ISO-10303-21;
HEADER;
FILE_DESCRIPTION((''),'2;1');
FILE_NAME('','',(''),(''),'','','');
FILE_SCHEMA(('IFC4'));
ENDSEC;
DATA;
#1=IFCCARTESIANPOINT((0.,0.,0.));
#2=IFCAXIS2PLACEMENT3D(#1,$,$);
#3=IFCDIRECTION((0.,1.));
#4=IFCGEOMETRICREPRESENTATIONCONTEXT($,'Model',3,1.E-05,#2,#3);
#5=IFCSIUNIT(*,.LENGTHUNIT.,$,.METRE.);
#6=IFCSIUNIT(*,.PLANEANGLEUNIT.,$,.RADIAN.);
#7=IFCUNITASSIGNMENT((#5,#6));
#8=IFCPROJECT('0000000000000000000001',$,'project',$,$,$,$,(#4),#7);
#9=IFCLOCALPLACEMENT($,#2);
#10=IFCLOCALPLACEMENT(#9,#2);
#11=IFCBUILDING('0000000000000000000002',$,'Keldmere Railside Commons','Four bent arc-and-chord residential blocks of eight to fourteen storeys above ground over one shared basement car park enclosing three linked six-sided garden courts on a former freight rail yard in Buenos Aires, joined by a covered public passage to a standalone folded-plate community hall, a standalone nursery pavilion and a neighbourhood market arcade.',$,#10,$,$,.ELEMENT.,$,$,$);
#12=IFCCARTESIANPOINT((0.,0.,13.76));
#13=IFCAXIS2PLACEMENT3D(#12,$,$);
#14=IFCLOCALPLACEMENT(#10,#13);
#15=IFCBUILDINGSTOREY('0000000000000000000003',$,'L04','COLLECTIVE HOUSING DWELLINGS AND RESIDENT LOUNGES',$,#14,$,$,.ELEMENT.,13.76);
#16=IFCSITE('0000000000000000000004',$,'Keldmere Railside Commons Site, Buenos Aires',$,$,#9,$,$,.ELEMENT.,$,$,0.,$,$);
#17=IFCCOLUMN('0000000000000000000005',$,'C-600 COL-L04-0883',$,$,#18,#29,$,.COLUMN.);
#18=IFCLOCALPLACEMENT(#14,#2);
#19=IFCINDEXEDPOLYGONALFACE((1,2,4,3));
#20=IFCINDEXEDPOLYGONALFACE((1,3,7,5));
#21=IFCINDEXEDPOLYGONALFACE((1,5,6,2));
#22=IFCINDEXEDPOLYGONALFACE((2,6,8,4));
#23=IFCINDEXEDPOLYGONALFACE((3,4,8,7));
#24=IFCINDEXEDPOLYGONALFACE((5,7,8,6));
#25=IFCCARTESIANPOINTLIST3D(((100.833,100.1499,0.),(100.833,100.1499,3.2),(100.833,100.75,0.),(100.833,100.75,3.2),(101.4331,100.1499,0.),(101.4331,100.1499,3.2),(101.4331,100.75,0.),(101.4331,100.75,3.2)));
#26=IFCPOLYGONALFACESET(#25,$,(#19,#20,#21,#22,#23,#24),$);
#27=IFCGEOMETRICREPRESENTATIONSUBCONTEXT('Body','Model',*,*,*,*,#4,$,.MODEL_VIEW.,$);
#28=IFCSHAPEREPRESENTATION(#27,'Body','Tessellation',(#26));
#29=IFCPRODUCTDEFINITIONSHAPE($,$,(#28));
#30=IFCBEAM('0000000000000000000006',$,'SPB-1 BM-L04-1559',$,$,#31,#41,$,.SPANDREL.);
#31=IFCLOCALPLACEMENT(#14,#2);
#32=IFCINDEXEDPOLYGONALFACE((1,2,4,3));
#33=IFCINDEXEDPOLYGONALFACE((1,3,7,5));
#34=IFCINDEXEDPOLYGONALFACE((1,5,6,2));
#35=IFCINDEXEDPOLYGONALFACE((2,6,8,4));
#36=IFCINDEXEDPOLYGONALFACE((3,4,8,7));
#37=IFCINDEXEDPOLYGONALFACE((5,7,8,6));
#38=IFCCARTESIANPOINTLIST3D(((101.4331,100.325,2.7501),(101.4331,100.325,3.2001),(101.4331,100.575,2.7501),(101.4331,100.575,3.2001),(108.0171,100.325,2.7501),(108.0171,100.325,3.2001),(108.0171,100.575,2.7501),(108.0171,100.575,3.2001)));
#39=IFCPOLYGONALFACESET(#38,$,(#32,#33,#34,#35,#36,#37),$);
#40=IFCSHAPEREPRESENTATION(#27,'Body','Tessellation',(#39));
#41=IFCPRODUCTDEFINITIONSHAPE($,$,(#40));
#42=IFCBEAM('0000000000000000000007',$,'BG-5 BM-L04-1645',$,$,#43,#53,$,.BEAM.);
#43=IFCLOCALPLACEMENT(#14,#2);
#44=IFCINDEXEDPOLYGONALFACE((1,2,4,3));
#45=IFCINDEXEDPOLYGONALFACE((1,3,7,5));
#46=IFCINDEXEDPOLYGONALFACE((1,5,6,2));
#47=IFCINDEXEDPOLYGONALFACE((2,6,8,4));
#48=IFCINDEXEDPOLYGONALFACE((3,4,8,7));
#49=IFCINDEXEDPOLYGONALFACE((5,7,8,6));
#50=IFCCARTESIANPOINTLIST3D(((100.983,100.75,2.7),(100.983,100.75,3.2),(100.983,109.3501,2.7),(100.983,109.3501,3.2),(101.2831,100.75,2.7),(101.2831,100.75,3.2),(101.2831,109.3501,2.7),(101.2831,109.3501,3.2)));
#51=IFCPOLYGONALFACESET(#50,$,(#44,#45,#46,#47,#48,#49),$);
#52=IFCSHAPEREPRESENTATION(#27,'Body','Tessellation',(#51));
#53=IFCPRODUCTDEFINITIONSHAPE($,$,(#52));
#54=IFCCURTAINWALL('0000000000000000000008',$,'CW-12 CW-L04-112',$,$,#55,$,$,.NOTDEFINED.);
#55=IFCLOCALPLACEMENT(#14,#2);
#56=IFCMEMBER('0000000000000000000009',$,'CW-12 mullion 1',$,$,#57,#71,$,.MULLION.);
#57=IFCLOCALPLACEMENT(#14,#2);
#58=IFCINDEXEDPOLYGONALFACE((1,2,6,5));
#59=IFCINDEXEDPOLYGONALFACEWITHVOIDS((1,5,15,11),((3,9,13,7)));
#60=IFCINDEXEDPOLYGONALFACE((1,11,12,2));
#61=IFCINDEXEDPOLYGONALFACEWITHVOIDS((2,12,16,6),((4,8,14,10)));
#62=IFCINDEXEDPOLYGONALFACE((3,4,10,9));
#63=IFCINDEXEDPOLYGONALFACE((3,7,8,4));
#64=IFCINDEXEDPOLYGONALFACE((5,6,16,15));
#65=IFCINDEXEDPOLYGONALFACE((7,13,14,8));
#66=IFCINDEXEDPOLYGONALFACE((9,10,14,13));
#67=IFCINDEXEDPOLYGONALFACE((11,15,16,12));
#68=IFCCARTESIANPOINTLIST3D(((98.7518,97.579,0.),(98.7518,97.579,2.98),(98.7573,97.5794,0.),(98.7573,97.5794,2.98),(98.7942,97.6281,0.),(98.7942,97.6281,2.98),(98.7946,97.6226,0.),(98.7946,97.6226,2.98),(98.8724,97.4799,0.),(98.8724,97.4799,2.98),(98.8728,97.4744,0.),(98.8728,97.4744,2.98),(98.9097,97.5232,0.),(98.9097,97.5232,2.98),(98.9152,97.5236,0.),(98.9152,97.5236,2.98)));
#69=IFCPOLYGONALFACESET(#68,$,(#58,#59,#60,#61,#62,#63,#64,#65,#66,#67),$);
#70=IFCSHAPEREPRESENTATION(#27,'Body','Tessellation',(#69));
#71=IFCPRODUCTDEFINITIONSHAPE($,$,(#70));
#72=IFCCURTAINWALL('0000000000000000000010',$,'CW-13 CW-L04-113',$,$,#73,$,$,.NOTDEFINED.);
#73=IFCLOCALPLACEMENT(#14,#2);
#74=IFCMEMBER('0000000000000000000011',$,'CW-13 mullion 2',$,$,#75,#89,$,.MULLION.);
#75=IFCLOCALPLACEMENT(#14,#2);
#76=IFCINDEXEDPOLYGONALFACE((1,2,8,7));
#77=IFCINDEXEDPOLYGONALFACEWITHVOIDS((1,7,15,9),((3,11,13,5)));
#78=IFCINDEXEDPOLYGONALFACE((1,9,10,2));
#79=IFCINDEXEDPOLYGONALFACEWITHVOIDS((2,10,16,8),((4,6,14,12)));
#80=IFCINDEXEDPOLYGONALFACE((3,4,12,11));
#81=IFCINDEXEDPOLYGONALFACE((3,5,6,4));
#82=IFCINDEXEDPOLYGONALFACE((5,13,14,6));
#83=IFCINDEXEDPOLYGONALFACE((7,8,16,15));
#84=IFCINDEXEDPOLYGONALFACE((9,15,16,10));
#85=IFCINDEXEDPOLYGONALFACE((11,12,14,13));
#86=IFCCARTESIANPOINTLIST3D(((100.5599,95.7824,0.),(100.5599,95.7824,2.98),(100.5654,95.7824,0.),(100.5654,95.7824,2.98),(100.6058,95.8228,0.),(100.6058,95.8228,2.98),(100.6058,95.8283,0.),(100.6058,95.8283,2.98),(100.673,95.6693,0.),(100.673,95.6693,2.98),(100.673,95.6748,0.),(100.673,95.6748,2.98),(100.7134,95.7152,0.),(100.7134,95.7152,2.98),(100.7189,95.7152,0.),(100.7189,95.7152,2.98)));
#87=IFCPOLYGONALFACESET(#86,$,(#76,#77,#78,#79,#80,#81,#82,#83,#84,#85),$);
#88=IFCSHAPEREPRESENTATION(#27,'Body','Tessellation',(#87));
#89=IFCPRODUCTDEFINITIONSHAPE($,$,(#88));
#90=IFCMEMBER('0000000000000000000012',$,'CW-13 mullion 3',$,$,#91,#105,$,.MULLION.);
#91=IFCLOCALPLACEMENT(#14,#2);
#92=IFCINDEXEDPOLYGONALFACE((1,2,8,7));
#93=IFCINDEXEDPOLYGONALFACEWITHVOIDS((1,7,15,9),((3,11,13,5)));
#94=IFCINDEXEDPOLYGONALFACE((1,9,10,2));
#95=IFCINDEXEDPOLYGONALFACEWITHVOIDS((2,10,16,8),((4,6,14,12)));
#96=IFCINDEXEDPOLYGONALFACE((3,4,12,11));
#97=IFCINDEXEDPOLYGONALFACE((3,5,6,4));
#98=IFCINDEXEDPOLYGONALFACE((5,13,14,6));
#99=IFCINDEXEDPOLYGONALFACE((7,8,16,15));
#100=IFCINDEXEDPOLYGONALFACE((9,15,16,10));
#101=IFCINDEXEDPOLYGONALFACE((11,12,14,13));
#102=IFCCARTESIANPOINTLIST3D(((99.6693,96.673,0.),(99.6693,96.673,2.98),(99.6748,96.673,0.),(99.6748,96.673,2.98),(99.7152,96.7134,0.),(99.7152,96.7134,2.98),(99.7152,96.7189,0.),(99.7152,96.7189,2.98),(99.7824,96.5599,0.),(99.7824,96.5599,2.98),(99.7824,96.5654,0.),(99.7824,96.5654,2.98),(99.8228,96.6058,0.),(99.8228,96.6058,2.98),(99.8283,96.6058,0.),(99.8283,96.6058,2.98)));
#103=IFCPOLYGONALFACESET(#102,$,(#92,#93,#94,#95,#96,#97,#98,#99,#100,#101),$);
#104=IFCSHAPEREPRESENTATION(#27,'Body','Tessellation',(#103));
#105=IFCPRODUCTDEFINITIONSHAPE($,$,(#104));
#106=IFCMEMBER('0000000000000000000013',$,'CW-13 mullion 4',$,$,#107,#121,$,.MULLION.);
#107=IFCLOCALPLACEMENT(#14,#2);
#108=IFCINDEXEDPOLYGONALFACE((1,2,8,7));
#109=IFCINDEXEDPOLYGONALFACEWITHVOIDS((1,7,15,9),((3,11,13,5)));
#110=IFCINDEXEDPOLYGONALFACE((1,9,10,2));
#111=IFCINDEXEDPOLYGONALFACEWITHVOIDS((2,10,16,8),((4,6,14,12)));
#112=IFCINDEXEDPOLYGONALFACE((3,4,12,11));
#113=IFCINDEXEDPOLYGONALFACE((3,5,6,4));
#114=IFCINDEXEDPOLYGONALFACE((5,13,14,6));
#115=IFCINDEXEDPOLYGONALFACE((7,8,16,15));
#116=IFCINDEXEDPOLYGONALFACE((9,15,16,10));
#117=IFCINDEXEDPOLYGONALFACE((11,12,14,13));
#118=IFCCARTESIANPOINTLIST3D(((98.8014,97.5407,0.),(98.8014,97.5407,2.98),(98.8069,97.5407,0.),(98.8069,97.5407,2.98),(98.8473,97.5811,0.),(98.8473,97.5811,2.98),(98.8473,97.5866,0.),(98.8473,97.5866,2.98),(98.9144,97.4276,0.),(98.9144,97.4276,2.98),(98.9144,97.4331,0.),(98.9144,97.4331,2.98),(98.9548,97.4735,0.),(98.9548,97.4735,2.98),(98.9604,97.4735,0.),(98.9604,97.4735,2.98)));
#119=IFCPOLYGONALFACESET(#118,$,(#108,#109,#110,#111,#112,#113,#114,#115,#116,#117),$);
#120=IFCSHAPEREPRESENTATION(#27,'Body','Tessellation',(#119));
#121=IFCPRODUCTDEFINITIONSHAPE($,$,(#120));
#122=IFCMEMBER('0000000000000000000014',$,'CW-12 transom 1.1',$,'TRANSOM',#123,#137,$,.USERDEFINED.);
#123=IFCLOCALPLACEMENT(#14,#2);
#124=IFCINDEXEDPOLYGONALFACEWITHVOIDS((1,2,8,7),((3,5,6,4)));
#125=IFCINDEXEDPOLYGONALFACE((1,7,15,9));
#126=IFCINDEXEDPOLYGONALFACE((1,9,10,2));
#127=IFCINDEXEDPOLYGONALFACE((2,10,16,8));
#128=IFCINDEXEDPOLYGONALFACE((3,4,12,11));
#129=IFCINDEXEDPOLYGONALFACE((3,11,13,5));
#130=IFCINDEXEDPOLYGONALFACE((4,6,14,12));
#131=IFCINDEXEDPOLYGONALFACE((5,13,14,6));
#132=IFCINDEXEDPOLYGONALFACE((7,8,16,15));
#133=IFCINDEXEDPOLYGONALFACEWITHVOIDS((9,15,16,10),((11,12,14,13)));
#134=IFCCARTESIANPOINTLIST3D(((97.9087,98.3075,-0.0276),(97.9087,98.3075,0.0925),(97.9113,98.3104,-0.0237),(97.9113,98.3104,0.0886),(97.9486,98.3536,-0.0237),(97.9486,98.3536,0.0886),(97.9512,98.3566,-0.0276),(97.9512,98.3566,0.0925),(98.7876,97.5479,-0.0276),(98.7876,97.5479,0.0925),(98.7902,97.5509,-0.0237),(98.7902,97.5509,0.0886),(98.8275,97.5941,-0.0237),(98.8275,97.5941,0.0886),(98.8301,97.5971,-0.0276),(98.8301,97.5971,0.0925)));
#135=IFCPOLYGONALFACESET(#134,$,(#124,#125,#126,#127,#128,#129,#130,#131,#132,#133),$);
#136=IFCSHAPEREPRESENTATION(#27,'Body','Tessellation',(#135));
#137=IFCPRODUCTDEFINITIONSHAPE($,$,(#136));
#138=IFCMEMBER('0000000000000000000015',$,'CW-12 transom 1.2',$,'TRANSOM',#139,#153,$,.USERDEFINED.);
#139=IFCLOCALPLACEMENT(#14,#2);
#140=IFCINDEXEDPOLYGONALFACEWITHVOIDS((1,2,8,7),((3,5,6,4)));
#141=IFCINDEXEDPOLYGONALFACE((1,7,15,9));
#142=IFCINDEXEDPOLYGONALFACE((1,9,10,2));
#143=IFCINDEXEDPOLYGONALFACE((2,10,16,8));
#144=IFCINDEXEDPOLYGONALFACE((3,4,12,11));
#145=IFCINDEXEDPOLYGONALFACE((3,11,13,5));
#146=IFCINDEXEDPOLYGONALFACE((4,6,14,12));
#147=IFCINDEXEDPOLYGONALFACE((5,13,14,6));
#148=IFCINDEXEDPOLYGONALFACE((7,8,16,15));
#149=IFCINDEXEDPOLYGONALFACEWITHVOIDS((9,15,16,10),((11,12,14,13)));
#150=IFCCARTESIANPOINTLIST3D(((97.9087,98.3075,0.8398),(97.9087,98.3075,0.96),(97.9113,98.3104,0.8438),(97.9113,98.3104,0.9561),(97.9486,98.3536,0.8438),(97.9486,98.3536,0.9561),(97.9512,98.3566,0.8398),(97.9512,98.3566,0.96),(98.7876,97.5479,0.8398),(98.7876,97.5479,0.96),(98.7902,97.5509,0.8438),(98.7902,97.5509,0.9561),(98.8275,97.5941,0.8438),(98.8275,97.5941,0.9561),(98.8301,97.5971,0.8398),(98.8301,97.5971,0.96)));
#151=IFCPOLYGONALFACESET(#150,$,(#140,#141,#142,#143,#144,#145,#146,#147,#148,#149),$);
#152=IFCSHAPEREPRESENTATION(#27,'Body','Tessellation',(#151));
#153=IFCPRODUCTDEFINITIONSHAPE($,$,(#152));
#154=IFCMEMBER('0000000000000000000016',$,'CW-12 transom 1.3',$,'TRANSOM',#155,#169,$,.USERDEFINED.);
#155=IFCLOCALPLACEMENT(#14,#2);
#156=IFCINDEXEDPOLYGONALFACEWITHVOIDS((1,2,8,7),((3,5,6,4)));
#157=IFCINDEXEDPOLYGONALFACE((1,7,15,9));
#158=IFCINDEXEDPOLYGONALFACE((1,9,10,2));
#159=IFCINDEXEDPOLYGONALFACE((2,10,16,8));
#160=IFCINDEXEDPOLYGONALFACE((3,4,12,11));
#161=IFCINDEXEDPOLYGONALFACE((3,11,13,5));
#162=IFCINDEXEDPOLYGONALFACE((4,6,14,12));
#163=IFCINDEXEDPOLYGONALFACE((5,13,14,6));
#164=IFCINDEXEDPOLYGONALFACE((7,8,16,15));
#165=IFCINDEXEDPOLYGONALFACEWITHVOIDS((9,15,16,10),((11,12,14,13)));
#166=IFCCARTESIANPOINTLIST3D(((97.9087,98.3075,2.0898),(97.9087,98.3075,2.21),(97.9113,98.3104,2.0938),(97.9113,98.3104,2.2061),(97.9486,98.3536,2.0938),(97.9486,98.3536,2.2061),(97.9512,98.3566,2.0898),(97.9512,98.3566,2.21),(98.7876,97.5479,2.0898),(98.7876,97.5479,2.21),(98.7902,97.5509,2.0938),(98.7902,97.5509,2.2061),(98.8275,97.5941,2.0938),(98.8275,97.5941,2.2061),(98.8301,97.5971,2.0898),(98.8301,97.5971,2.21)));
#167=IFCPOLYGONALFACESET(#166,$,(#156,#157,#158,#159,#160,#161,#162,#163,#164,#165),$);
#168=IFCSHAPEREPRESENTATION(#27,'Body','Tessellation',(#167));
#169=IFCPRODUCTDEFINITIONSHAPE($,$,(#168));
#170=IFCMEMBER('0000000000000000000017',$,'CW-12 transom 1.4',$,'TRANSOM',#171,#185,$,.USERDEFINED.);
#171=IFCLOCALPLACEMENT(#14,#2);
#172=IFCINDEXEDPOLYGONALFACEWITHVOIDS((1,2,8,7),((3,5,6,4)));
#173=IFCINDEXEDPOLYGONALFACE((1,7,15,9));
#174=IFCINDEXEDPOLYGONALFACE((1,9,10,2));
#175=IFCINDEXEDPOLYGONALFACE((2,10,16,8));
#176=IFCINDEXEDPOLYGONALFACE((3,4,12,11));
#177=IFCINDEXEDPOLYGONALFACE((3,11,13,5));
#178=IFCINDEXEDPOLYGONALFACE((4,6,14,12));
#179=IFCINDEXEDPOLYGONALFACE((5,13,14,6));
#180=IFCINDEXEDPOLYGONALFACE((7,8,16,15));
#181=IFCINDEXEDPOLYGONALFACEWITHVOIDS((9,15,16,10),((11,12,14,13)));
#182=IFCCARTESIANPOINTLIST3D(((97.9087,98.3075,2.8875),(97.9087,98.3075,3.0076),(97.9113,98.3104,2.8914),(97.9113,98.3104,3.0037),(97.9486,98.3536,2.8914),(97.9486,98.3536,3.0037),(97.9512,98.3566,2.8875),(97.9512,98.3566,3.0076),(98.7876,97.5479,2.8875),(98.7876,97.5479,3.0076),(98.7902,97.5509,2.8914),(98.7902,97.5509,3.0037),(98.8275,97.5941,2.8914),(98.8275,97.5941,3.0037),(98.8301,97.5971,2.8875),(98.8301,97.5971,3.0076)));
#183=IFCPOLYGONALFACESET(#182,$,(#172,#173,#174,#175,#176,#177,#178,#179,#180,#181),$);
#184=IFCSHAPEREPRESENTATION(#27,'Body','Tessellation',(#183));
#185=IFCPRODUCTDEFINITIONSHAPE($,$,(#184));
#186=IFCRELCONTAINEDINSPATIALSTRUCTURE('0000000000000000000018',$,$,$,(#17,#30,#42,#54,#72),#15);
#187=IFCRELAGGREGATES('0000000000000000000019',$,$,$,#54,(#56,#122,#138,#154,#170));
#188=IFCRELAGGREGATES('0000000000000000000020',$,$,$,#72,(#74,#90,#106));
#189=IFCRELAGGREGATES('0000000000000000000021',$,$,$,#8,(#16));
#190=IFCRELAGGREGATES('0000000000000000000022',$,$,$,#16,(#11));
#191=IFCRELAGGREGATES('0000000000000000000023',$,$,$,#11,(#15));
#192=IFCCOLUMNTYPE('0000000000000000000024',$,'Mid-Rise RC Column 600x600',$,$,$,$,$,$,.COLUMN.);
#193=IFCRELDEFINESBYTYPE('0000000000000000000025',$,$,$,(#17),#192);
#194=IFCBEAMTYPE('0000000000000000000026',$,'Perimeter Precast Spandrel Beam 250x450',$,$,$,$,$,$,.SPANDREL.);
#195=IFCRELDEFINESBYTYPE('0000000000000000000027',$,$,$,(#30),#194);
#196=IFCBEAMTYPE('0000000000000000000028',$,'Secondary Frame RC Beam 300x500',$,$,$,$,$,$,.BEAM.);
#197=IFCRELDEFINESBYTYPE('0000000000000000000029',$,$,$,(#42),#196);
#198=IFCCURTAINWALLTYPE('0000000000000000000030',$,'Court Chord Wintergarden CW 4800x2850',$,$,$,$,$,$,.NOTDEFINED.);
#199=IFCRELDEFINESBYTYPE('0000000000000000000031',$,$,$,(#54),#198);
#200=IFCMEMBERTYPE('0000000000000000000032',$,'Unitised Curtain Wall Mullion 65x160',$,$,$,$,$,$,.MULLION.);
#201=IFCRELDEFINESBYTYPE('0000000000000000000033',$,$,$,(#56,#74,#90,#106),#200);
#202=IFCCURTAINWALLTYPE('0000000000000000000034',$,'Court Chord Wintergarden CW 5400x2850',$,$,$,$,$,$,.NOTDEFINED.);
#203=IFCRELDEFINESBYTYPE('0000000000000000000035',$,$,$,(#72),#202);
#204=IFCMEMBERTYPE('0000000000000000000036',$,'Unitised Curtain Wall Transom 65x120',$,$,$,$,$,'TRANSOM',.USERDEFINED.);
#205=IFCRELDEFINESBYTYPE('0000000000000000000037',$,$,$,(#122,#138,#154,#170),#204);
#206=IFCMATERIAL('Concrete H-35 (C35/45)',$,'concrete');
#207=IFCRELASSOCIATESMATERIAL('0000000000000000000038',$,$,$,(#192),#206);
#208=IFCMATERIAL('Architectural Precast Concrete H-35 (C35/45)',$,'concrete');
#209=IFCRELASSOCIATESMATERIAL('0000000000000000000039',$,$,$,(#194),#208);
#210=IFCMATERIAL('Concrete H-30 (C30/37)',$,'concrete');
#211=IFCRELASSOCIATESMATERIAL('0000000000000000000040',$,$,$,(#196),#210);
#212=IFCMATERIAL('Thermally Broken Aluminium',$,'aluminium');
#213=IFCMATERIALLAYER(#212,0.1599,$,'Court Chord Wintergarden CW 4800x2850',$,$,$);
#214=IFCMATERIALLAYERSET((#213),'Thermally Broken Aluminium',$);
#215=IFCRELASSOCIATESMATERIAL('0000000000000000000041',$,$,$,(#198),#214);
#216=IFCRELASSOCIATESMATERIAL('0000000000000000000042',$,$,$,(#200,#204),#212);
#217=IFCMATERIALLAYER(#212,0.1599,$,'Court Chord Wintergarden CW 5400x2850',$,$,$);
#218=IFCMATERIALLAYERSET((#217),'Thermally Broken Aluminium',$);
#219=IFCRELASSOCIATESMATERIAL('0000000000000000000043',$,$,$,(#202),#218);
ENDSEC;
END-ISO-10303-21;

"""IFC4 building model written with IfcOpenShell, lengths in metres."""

from ifc_helpers import new_model, si_unit, direction, frame, origin, origin_2d, place, context, subcontext, project, spatial, rectangle, hollow_rectangle, extrude, material, layer, layer_set, material_profile, profile_set, type_object, element, aggregate, save


model = new_model("IFC4")

# Units and contexts
model_context = context("Model", 3, precision=1e-05, world=origin(), true_north=direction((0.0, 1.0)))
body_context = subcontext(model_context, "Body", "Model", "MODEL_VIEW")
ifc_project = project(units=[si_unit("LENGTHUNIT", "METRE"), si_unit("PLANEANGLEUNIT", "RADIAN")], contexts=[model_context])

# Site, building, storey
site_placement = place(None, origin())
site = spatial("IfcSite", under=ifc_project, at=site_placement, Name="Keldmere Railside Commons Site, Buenos Aires", CompositionType="ELEMENT", RefElevation=0.0)
building_placement = place(site_placement, origin())
building = spatial("IfcBuilding", under=site, at=building_placement, Name="Keldmere Railside Commons", Description="Four bent arc-and-chord residential blocks of eight to fourteen storeys above ground over one shared basement car park enclosing three linked six-sided garden courts on a former freight rail yard in Buenos Aires, joined by a covered public passage to a standalone folded-plate community hall, a standalone nursery pavilion and a neighbourhood market arcade.", CompositionType="ELEMENT")
storey_placement = place(building_placement, frame((0.0, 0.0, 13.76)))
storey = spatial("IfcBuildingStorey", under=building, at=storey_placement, Name="L04", Description="COLLECTIVE HOUSING DWELLINGS AND RESIDENT LOUNGES", CompositionType="ELEMENT", Elevation=13.76)

# Column
ifc_material_1 = material(Name="Concrete H-35 (C35/45)", Category="concrete")
ifc_material_profile_1 = material_profile(ifc_material_1, rectangle(XDim=0.6001, YDim=0.6001, at=origin_2d()), Name="RC-600x600")
ifc_profile_set_1 = profile_set([ifc_material_profile_1], Name="Concrete H-35 (C35/45)")
column_type = type_object("IfcColumnType", Name="Mid-Rise RC Column 600x600", PredefinedType="COLUMN", material=ifc_profile_set_1)
column_placement = place(storey_placement, frame((101.1331, 100.45, 0.0), z_axis=(0.0, 0.0, 1.0), x_axis=(1.0, 0.0, 0.0)))
element("IfcColumn", 1, at=column_placement, inside=storey, type_object=column_type, Name="C-600 COL-L04-0883", PredefinedType="COLUMN", context=body_context, shape_type="SweptSolid", body=[
    extrude(rectangle(XDim=0.6001, YDim=0.6001, at=origin_2d()), origin(), (0.0, 0.0, 1.0), 3.2),
])

# Beams
ifc_material_2 = material(Name="Architectural Precast Concrete H-35 (C35/45)", Category="concrete")
ifc_material_profile_2 = material_profile(ifc_material_2, rectangle(XDim=0.25, YDim=0.45, at=origin_2d()), Name="RC-250x450")
ifc_profile_set_2 = profile_set([ifc_material_profile_2], Name="Architectural Precast Concrete H-35 (C35/45)")
beam_type_1 = type_object("IfcBeamType", Name="Perimeter Precast Spandrel Beam 250x450", PredefinedType="SPANDREL", material=ifc_profile_set_2)
beam_1_placement = place(storey_placement, frame((101.4331, 100.45, 2.9751), z_axis=(1.0, 0.0, 0.0), x_axis=(0.0, 1.0, 0.0)))
element("IfcBeam", 2, at=beam_1_placement, inside=storey, type_object=beam_type_1, Name="SPB-1 BM-L04-1559", PredefinedType="SPANDREL", context=body_context, shape_type="SweptSolid", body=[
    extrude(rectangle(XDim=0.25, YDim=0.45, at=origin_2d()), origin(), (0.0, 0.0, 1.0), 6.584),
])
ifc_material_3 = material(Name="Concrete H-30 (C30/37)", Category="concrete")
ifc_material_profile_3 = material_profile(ifc_material_3, rectangle(XDim=0.3, YDim=0.5, at=origin_2d()), Name="RC-300x500")
ifc_profile_set_3 = profile_set([ifc_material_profile_3], Name="Concrete H-30 (C30/37)")
beam_type_2 = type_object("IfcBeamType", Name="Secondary Frame RC Beam 300x500", PredefinedType="BEAM", material=ifc_profile_set_3)
beam_2_placement = place(storey_placement, frame((101.1331, 100.75, 2.95), z_axis=(0.0, 1.0, 0.0), x_axis=(-1.0, 0.0, 0.0)))
element("IfcBeam", 3, at=beam_2_placement, inside=storey, type_object=beam_type_2, Name="BG-5 BM-L04-1645", PredefinedType="BEAM", context=body_context, shape_type="SweptSolid", body=[
    extrude(rectangle(XDim=0.3, YDim=0.5, at=origin_2d()), origin(), (0.0, 0.0, 1.0), 8.6001),
])

# Curtain wall, member
ifc_material_4 = material(Name="Thermally Broken Aluminium", Category="aluminium")
ifc_layer_1 = layer(ifc_material_4, 0.1599, Name="Court Chord Wintergarden CW 4800x2850")
ifc_layer_set_1 = layer_set([ifc_layer_1], Name="Thermally Broken Aluminium")
curtain_wall_type_1 = type_object("IfcCurtainWallType", Name="Court Chord Wintergarden CW 4800x2850", PredefinedType="NOTDEFINED", material=ifc_layer_set_1)
curtain_wall_1_placement = place(storey_placement, origin())
curtain_wall_1 = element("IfcCurtainWall", 4, at=curtain_wall_1_placement, inside=storey, type_object=curtain_wall_type_1, Name="CW-12 CW-L04-112", PredefinedType="NOTDEFINED")
ifc_material_profile_4 = material_profile(ifc_material_4, hollow_rectangle(XDim=0.0649, YDim=0.1599, WallThickness=0.0039, at=origin_2d()), Name="ALU-MULL-65x160")
ifc_profile_set_4 = profile_set([ifc_material_profile_4], Name="Thermally Broken Aluminium")
member_type_1 = type_object("IfcMemberType", Name="Unitised Curtain Wall Mullion 65x160", PredefinedType="MULLION", material=ifc_profile_set_4)
member_1_placement = place(storey_placement, frame((98.8335, 97.5513, 0.0), z_axis=(0.0, 0.0, 1.0), x_axis=(-0.653882, -0.756597, 0.0)))
member_1 = element("IfcMember", 5, at=member_1_placement, type_object=member_type_1, Name="CW-12 mullion 1", PredefinedType="MULLION", context=body_context, shape_type="SweptSolid", body=[
    extrude(hollow_rectangle(XDim=0.0649, YDim=0.1599, WallThickness=0.0039, at=origin_2d()), origin(), (0.0, 0.0, 1.0), 2.98),
])

# Curtain wall, members
ifc_layer_2 = layer(ifc_material_4, 0.1599, Name="Court Chord Wintergarden CW 5400x2850")
ifc_layer_set_2 = layer_set([ifc_layer_2], Name="Thermally Broken Aluminium")
curtain_wall_type_2 = type_object("IfcCurtainWallType", Name="Court Chord Wintergarden CW 5400x2850", PredefinedType="NOTDEFINED", material=ifc_layer_set_2)
curtain_wall_2_placement = place(storey_placement, origin())
curtain_wall_2 = element("IfcCurtainWall", 6, at=curtain_wall_2_placement, inside=storey, type_object=curtain_wall_type_2, Name="CW-13 CW-L04-113", PredefinedType="NOTDEFINED")
member_2_placement = place(storey_placement, frame((100.6394, 95.7488, 0.0), z_axis=(0.0, 0.0, 1.0), x_axis=(-0.707107, -0.707107, 0.0)))
member_2 = element("IfcMember", 7, at=member_2_placement, type_object=member_type_1, Name="CW-13 mullion 2", PredefinedType="MULLION", context=body_context, shape_type="SweptSolid", body=[
    extrude(hollow_rectangle(XDim=0.0649, YDim=0.1599, WallThickness=0.0039, at=origin_2d()), origin(), (0.0, 0.0, 1.0), 2.98),
])
member_3_placement = place(storey_placement, frame((99.7488, 96.6394, 0.0), z_axis=(0.0, 0.0, 1.0), x_axis=(-0.707107, -0.707107, 0.0)))
member_3 = element("IfcMember", 8, at=member_3_placement, type_object=member_type_1, Name="CW-13 mullion 3", PredefinedType="MULLION", context=body_context, shape_type="SweptSolid", body=[
    extrude(hollow_rectangle(XDim=0.0649, YDim=0.1599, WallThickness=0.0039, at=origin_2d()), origin(), (0.0, 0.0, 1.0), 2.98),
])
member_4_placement = place(storey_placement, frame((98.8809, 97.5071, 0.0), z_axis=(0.0, 0.0, 1.0), x_axis=(-0.707107, -0.707107, 0.0)))
member_4 = element("IfcMember", 9, at=member_4_placement, type_object=member_type_1, Name="CW-13 mullion 4", PredefinedType="MULLION", context=body_context, shape_type="SweptSolid", body=[
    extrude(hollow_rectangle(XDim=0.0649, YDim=0.1599, WallThickness=0.0039, at=origin_2d()), origin(), (0.0, 0.0, 1.0), 2.98),
])

# Members
ifc_material_profile_5 = material_profile(ifc_material_4, hollow_rectangle(XDim=0.0649, YDim=0.1201, WallThickness=0.0039, at=origin_2d()), Name="ALU-TRAN-65x120")
ifc_profile_set_5 = profile_set([ifc_material_profile_5], Name="Thermally Broken Aluminium")
member_type_2 = type_object("IfcMemberType", Name="Unitised Curtain Wall Transom 65x120", ElementType="TRANSOM", PredefinedType="USERDEFINED", material=ifc_profile_set_5)
member_5_placement = place(storey_placement, frame((98.8088, 97.5725, 0.0325), z_axis=(-0.756624, 0.65385, 0.0), x_axis=(-0.65385, -0.756624, 0.0)))
member_5 = element("IfcMember", 10, at=member_5_placement, type_object=member_type_2, Name="CW-12 transom 1.1", ObjectType="TRANSOM", PredefinedType="USERDEFINED", context=body_context, shape_type="SweptSolid", body=[
    extrude(hollow_rectangle(XDim=0.0649, YDim=0.1201, WallThickness=0.0039, at=origin_2d()), origin(), (0.0, 0.0, 1.0), 1.1616),
])
member_6_placement = place(storey_placement, frame((98.8088, 97.5725, 0.8999), z_axis=(-0.756624, 0.65385, 0.0), x_axis=(-0.65385, -0.756624, 0.0)))
member_6 = element("IfcMember", 11, at=member_6_placement, type_object=member_type_2, Name="CW-12 transom 1.2", ObjectType="TRANSOM", PredefinedType="USERDEFINED", context=body_context, shape_type="SweptSolid", body=[
    extrude(hollow_rectangle(XDim=0.0649, YDim=0.1201, WallThickness=0.0039, at=origin_2d()), origin(), (0.0, 0.0, 1.0), 1.1616),
])
member_7_placement = place(storey_placement, frame((98.8088, 97.5725, 2.1499), z_axis=(-0.756624, 0.65385, 0.0), x_axis=(-0.65385, -0.756624, 0.0)))
member_7 = element("IfcMember", 12, at=member_7_placement, type_object=member_type_2, Name="CW-12 transom 1.3", ObjectType="TRANSOM", PredefinedType="USERDEFINED", context=body_context, shape_type="SweptSolid", body=[
    extrude(hollow_rectangle(XDim=0.0649, YDim=0.1201, WallThickness=0.0039, at=origin_2d()), origin(), (0.0, 0.0, 1.0), 1.1616),
])
member_8_placement = place(storey_placement, frame((98.8088, 97.5725, 2.9475), z_axis=(-0.756624, 0.65385, 0.0), x_axis=(-0.65385, -0.756624, 0.0)))
member_8 = element("IfcMember", 13, at=member_8_placement, type_object=member_type_2, Name="CW-12 transom 1.4", ObjectType="TRANSOM", PredefinedType="USERDEFINED", context=body_context, shape_type="SweptSolid", body=[
    extrude(hollow_rectangle(XDim=0.0649, YDim=0.1201, WallThickness=0.0039, at=origin_2d()), origin(), (0.0, 0.0, 1.0), 1.1616),
])
aggregate(curtain_wall_1, [member_1, member_5, member_6, member_7, member_8])

aggregate(curtain_wall_2, [member_2, member_3, member_4])

save(model, "model.ifc")
